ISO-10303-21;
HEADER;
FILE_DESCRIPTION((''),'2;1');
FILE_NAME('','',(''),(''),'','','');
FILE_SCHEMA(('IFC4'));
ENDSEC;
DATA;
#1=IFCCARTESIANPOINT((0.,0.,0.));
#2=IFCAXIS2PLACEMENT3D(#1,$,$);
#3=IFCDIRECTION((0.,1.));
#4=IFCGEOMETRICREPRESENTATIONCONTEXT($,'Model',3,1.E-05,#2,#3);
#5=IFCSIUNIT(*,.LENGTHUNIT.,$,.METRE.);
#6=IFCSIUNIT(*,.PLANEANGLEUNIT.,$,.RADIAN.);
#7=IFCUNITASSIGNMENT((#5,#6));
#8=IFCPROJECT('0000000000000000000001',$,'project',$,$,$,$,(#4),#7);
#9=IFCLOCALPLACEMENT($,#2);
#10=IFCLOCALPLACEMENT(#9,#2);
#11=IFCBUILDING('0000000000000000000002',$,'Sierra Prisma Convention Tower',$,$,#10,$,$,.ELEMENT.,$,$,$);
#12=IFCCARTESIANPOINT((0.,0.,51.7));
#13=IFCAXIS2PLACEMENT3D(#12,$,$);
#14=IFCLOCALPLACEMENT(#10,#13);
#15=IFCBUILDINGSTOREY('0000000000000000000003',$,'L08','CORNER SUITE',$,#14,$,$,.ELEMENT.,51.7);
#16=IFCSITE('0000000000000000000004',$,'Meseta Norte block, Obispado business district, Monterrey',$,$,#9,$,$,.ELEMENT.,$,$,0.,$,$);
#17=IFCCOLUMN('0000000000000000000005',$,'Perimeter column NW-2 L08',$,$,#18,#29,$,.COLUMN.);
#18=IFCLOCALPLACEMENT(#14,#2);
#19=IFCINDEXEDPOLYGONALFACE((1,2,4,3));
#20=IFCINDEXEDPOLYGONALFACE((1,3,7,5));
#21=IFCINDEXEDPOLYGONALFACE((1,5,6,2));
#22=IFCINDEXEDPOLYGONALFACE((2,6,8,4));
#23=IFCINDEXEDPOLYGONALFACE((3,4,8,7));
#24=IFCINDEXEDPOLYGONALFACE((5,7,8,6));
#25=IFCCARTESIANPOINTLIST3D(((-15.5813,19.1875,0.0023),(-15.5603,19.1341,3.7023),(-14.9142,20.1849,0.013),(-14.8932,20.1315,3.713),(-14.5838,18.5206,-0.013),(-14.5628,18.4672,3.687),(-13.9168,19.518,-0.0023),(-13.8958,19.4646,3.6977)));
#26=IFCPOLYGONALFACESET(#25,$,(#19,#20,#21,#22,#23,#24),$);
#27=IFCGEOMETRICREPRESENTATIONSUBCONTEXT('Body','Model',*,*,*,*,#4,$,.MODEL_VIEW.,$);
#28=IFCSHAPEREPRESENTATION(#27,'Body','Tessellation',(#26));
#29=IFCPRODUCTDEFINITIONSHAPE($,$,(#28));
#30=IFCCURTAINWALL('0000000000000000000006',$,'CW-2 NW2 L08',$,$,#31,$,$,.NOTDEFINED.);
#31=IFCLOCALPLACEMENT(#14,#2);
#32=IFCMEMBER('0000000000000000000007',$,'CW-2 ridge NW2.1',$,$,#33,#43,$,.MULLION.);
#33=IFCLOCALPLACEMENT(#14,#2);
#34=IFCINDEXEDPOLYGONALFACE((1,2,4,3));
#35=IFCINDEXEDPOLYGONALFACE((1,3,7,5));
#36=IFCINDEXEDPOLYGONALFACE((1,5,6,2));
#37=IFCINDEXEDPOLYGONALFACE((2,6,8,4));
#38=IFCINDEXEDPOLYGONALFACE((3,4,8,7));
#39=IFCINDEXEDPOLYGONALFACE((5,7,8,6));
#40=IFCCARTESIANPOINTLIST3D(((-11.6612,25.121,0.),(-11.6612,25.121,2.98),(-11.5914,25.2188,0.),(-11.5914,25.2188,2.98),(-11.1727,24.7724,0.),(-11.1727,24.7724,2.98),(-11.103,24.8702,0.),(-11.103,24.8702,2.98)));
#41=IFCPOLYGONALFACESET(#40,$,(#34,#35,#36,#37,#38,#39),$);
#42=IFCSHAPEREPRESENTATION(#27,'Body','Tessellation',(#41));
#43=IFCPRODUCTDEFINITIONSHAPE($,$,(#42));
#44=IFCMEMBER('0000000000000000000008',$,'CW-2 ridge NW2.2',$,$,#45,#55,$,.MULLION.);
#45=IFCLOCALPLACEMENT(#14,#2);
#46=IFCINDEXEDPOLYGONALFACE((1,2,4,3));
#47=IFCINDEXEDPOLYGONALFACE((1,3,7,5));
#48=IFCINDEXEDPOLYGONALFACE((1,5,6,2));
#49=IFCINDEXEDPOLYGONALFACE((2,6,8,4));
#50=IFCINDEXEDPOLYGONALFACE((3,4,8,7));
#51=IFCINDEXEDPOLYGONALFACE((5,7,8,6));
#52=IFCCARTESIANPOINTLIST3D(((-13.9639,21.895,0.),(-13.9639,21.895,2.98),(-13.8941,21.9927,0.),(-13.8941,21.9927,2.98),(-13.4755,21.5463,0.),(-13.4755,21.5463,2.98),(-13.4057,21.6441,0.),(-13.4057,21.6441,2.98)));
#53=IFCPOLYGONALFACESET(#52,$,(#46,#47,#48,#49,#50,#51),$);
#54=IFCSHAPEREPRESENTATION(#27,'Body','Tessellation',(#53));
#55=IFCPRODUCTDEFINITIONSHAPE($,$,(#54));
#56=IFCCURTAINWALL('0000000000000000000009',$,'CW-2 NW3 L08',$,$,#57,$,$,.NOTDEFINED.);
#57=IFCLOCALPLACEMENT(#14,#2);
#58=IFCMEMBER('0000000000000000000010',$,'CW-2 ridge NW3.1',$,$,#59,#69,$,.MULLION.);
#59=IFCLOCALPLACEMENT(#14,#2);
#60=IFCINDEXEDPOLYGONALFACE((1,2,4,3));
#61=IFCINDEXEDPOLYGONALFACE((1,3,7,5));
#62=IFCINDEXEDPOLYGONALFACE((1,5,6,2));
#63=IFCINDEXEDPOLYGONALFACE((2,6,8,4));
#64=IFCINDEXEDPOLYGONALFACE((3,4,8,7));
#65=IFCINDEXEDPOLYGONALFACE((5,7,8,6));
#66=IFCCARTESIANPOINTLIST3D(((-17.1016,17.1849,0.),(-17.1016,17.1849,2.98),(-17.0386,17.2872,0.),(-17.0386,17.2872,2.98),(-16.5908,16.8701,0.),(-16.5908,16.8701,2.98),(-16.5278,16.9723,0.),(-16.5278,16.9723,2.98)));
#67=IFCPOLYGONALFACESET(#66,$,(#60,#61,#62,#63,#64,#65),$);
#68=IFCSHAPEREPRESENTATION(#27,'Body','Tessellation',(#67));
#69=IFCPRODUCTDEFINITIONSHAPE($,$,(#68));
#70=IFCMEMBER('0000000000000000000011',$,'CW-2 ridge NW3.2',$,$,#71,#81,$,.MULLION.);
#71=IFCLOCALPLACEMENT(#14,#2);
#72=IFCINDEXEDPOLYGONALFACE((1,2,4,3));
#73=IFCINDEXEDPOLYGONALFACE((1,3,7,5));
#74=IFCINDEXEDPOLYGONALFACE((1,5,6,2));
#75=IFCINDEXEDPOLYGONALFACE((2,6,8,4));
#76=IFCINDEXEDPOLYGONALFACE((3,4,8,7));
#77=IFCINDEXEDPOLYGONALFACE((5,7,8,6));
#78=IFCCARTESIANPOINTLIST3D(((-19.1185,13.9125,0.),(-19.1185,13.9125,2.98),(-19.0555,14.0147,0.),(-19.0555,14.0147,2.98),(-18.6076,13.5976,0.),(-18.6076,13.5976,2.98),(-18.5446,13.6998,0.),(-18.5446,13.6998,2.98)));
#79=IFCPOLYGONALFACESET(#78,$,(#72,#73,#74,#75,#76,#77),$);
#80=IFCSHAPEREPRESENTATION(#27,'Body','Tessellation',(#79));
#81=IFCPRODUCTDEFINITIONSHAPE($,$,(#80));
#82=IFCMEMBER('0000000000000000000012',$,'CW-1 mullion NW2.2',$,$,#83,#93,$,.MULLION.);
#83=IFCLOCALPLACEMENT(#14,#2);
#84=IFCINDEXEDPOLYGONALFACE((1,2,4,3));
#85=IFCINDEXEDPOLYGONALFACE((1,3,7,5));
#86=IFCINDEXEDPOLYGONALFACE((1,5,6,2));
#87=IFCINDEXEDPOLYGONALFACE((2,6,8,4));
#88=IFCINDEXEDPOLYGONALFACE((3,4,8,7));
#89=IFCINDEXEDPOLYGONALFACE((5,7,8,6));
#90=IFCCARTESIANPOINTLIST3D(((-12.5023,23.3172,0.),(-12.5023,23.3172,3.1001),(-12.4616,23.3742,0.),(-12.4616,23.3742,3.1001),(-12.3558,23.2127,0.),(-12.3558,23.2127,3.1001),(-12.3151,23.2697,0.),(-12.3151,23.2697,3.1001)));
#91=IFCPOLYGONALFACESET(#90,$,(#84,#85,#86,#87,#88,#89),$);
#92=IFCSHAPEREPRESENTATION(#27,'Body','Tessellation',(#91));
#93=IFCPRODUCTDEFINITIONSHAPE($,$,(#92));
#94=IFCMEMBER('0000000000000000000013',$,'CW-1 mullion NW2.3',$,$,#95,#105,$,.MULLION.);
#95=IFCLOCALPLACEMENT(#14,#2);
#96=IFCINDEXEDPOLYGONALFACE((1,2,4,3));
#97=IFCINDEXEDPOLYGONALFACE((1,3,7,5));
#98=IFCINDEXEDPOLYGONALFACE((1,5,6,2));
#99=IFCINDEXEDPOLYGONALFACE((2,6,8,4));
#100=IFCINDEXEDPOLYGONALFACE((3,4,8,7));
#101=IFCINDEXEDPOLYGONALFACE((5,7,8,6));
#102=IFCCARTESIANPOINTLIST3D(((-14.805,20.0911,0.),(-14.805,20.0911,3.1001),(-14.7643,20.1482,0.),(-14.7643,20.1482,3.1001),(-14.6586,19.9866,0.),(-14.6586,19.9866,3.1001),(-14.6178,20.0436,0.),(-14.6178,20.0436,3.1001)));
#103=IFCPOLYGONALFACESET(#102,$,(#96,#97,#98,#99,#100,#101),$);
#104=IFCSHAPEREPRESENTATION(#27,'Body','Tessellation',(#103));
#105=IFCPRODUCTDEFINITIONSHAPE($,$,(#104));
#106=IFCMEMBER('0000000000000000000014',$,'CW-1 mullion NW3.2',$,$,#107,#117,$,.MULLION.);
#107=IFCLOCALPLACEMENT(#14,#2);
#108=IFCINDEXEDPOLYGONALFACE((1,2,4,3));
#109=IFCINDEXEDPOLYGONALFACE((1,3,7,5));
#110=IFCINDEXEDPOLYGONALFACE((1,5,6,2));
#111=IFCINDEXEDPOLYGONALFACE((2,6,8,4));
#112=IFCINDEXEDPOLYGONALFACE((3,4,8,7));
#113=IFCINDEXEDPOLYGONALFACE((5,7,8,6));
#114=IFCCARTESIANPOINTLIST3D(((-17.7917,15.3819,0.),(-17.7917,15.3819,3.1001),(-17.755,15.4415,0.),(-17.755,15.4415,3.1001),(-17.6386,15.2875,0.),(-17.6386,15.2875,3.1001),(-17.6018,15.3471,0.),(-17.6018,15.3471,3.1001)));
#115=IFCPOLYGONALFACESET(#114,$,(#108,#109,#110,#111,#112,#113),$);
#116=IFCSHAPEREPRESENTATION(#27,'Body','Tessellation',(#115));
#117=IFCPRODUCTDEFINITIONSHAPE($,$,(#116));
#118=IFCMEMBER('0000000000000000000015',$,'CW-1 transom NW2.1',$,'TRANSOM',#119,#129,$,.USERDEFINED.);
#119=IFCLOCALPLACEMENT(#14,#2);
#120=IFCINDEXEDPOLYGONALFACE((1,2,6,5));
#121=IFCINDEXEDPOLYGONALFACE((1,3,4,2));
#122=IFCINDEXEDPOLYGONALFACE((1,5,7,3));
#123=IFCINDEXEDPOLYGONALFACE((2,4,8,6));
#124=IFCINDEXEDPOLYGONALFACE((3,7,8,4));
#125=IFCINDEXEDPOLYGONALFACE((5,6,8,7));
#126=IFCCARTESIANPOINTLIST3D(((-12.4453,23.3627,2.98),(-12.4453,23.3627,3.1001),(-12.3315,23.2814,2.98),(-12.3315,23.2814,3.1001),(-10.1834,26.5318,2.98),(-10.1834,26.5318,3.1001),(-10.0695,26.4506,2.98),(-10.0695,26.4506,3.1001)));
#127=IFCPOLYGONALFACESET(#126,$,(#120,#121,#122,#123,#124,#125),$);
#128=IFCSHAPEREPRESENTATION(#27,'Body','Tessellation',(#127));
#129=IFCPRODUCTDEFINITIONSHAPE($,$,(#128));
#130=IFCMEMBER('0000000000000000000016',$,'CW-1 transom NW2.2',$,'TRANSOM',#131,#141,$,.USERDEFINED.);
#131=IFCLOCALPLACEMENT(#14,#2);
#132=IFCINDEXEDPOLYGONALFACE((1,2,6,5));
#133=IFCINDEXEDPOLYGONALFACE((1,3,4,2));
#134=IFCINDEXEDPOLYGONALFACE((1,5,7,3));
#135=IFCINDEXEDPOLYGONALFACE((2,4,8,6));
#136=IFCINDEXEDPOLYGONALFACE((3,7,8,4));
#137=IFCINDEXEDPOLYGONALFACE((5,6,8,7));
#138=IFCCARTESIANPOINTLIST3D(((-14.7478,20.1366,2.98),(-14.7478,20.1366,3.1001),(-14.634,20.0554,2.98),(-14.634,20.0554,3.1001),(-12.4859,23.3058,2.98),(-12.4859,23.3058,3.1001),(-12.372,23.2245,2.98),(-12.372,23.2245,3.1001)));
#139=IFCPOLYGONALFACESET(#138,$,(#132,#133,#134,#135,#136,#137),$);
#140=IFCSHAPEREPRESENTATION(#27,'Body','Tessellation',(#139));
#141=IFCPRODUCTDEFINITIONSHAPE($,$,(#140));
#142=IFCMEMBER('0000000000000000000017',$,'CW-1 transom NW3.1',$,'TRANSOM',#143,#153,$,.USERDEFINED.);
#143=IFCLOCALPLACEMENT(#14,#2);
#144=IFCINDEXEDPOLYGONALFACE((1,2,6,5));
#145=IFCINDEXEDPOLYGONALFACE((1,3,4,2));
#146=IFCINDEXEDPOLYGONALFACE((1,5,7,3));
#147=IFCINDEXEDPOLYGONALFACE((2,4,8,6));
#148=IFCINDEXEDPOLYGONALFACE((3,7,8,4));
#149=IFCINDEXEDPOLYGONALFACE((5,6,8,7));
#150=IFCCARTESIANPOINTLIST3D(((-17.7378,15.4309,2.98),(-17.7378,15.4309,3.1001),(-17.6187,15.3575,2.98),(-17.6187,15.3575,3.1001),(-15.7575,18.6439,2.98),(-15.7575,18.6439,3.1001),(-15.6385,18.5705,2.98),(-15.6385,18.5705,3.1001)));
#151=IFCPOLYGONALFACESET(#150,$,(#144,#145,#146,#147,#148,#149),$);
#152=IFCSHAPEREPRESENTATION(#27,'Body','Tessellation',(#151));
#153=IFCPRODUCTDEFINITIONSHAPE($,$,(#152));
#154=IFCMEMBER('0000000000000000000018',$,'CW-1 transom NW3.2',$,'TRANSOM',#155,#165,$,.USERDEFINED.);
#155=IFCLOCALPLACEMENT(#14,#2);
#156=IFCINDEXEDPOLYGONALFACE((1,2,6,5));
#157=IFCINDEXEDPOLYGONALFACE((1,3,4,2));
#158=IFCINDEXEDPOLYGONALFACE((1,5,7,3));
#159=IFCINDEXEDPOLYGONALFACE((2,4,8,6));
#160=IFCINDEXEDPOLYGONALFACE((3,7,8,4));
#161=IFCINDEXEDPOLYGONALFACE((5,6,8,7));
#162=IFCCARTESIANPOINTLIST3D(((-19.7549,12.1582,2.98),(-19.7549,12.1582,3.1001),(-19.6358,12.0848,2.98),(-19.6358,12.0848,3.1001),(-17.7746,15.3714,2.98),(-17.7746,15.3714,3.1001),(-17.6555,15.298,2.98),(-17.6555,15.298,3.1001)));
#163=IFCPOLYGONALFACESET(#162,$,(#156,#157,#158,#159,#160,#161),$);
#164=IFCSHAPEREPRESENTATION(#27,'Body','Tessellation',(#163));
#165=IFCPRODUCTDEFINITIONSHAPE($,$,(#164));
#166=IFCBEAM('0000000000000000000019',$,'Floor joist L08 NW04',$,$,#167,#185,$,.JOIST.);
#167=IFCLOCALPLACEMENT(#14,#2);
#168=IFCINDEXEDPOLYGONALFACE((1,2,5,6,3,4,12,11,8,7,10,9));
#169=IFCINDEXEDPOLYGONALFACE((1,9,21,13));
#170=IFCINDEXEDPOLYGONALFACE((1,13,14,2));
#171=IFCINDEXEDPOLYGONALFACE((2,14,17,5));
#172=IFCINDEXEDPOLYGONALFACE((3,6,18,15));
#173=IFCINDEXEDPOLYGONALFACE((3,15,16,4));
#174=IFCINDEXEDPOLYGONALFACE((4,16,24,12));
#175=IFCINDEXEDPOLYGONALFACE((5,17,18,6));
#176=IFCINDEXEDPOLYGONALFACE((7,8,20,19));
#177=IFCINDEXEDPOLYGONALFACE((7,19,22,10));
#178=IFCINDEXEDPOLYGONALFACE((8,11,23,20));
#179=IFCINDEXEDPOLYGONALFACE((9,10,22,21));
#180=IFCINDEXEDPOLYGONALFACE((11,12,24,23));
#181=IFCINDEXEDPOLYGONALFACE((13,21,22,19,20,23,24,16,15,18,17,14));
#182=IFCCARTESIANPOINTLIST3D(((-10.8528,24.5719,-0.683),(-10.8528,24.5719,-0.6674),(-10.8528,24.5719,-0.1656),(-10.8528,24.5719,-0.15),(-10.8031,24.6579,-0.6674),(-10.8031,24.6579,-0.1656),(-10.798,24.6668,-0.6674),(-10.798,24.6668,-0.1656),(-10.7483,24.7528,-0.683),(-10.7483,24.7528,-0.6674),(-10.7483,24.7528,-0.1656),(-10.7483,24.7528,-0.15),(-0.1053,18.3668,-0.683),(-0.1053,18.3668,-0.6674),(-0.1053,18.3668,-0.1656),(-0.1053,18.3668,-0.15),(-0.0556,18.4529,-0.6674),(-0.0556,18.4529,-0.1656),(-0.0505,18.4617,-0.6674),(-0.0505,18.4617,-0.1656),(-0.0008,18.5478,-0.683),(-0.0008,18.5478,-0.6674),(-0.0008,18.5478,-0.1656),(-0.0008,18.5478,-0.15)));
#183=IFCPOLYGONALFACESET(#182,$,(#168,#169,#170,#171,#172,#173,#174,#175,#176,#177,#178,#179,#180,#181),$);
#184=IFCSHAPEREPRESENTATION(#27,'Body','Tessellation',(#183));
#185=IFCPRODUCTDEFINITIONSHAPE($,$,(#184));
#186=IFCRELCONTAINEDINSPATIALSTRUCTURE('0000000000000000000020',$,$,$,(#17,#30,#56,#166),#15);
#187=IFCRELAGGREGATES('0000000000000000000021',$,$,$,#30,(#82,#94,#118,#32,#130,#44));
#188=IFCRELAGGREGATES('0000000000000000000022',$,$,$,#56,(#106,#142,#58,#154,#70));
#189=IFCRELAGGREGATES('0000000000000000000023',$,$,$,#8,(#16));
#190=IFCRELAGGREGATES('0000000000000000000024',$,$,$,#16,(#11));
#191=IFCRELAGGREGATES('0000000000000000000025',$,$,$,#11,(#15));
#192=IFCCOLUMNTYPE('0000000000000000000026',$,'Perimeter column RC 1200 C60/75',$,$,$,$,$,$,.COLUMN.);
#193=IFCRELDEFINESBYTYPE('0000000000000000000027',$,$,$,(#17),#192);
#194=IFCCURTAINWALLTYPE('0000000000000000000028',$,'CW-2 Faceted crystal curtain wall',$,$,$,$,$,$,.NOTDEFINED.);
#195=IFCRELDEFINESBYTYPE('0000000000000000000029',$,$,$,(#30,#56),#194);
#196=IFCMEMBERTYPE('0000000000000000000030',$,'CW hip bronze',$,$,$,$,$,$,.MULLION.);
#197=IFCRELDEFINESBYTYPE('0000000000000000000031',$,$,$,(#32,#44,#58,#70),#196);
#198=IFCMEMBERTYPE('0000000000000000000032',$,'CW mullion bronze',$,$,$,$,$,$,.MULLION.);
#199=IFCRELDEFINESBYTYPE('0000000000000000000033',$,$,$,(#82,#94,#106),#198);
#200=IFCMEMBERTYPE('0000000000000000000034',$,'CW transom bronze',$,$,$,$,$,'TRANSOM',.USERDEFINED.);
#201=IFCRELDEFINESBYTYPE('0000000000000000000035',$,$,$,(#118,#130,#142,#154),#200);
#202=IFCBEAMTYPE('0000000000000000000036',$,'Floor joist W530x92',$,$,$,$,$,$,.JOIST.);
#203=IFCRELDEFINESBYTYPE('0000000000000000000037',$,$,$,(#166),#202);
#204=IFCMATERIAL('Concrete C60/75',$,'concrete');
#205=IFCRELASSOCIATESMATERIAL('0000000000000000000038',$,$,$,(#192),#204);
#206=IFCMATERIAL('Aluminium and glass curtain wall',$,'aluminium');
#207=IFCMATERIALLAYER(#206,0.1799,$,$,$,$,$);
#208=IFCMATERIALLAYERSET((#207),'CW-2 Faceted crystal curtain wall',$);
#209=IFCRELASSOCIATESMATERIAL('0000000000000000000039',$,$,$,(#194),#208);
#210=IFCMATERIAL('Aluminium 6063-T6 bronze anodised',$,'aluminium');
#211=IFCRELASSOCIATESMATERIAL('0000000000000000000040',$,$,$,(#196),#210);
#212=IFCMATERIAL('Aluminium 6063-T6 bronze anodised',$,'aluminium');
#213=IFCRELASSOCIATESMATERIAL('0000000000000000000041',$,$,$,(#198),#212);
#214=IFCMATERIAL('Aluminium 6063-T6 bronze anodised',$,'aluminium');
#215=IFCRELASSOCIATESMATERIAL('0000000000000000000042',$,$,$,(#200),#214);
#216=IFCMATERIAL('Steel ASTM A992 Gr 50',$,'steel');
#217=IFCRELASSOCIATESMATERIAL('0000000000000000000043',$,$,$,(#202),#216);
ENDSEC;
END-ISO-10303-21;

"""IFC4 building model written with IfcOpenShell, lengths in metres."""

from ifc_helpers import new_model, si_unit, direction, frame, origin, origin_2d, place, context, subcontext, project, spatial, rectangle, i_section, extrude, material, layer, layer_set, material_profile, profile_set, type_object, element, aggregate, save


model = new_model("IFC4")

# Units and contexts
model_context = context("Model", 3, precision=1e-05, world=origin(), true_north=direction((0.0, 1.0)))
body_context = subcontext(model_context, "Body", "Model", "MODEL_VIEW")
ifc_project = project(units=[si_unit("LENGTHUNIT", "METRE"), si_unit("PLANEANGLEUNIT", "RADIAN")], contexts=[model_context])

# Site, building, storey
site_placement = place(None, origin())
site = spatial("IfcSite", under=ifc_project, at=site_placement, Name="Meseta Norte block, Obispado business district, Monterrey", CompositionType="ELEMENT", RefElevation=0.0)
building_placement = place(site_placement, origin())
building = spatial("IfcBuilding", under=site, at=building_placement, Name="Sierra Prisma Convention Tower", CompositionType="ELEMENT")
storey_placement = place(building_placement, frame((0.0, 0.0, 51.7)))
storey = spatial("IfcBuildingStorey", under=building, at=storey_placement, Name="L08", Description="CORNER SUITE", CompositionType="ELEMENT", Elevation=51.7)

# Column
ifc_material_1 = material(Name="Concrete C60/75", Category="concrete")
ifc_material_profile_1 = material_profile(ifc_material_1, rectangle(XDim=1.2, YDim=1.2, at=origin_2d()), Name="Perimeter column RC 1200 C60/75")
ifc_profile_set_1 = profile_set([ifc_material_profile_1], Name="Concrete C60/75")
column_type = type_object("IfcColumnType", Name="Perimeter column RC 1200 C60/75", PredefinedType="COLUMN", material=ifc_profile_set_1)
column_placement = place(storey_placement, frame((-14.749, 19.3528, 0.0), z_axis=(0.005674, -0.014449, 0.99988), x_axis=(0.555902, 0.8312, 0.008857)))
element("IfcColumn", 1, at=column_placement, inside=storey, type_object=column_type, Name="Perimeter column NW-2 L08", PredefinedType="COLUMN", context=body_context, shape_type="SweptSolid", body=[
    extrude(rectangle(XDim=1.2, YDim=1.2, at=origin_2d()), origin(), (0.0, 0.0, 1.0), 3.7004),
])

# Curtain walls, members
ifc_material_2 = material(Name="Aluminium and glass curtain wall", Category="aluminium")
ifc_layer_1 = layer(ifc_material_2, 0.1799)
ifc_layer_set_1 = layer_set([ifc_layer_1], Name="CW-2 Faceted crystal curtain wall")
curtain_wall_type = type_object("IfcCurtainWallType", Name="CW-2 Faceted crystal curtain wall", PredefinedType="NOTDEFINED", material=ifc_layer_set_1)
curtain_wall_1_placement = place(storey_placement, origin())
curtain_wall_1 = element("IfcCurtainWall", 2, at=curtain_wall_1_placement, inside=storey, type_object=curtain_wall_type, Name="CW-2 NW2 L08", PredefinedType="NOTDEFINED")
ifc_material_3 = material(Name="Aluminium 6063-T6 bronze anodised", Category="aluminium")
ifc_material_profile_2 = material_profile(ifc_material_3, rectangle(XDim=0.1201, YDim=0.6001, at=origin_2d()), Name="ALU RIDGE BLADE 120x600")
ifc_profile_set_2 = profile_set([ifc_material_profile_2], Name="Aluminium 6063-T6 bronze anodised")
member_type_1 = type_object("IfcMemberType", Name="CW hip bronze", PredefinedType="MULLION", material=ifc_profile_set_2)
member_1_placement = place(storey_placement, frame((-11.3821, 24.9956, 0.0), z_axis=(0.0, 0.0, 1.0), x_axis=(-0.58094, -0.813947, 0.0)))
member_1 = element("IfcMember", 3, at=member_1_placement, type_object=member_type_1, Name="CW-2 ridge NW2.1", PredefinedType="MULLION", context=body_context, shape_type="SweptSolid", body=[
    extrude(rectangle(XDim=0.1201, YDim=0.6001, at=origin_2d()), origin(), (0.0, 0.0, 1.0), 2.98),
])
member_2_placement = place(storey_placement, frame((-13.6848, 21.7695, 0.0), z_axis=(0.0, 0.0, 1.0), x_axis=(-0.58094, -0.813947, 0.0)))
member_2 = element("IfcMember", 4, at=member_2_placement, type_object=member_type_1, Name="CW-2 ridge NW2.2", PredefinedType="MULLION", context=body_context, shape_type="SweptSolid", body=[
    extrude(rectangle(XDim=0.1201, YDim=0.6001, at=origin_2d()), origin(), (0.0, 0.0, 1.0), 2.98),
])
curtain_wall_2_placement = place(storey_placement, origin())
curtain_wall_2 = element("IfcCurtainWall", 5, at=curtain_wall_2_placement, inside=storey, type_object=curtain_wall_type, Name="CW-2 NW3 L08", PredefinedType="NOTDEFINED")
member_3_placement = place(storey_placement, frame((-16.8147, 17.0786, 0.0), z_axis=(0.0, 0.0, 1.0), x_axis=(-0.524692, -0.851292, 0.0)))
member_3 = element("IfcMember", 6, at=member_3_placement, type_object=member_type_1, Name="CW-2 ridge NW3.1", PredefinedType="MULLION", context=body_context, shape_type="SweptSolid", body=[
    extrude(rectangle(XDim=0.1201, YDim=0.6001, at=origin_2d()), origin(), (0.0, 0.0, 1.0), 2.98),
])
member_4_placement = place(storey_placement, frame((-18.8315, 13.8062, 0.0), z_axis=(0.0, 0.0, 1.0), x_axis=(-0.524692, -0.851292, 0.0)))
member_4 = element("IfcMember", 7, at=member_4_placement, type_object=member_type_1, Name="CW-2 ridge NW3.2", PredefinedType="MULLION", context=body_context, shape_type="SweptSolid", body=[
    extrude(rectangle(XDim=0.1201, YDim=0.6001, at=origin_2d()), origin(), (0.0, 0.0, 1.0), 2.98),
])

# Members
ifc_material_4 = material(Name="Aluminium 6063-T6 bronze anodised", Category="aluminium")
ifc_material_profile_3 = material_profile(ifc_material_4, rectangle(XDim=0.1799, YDim=0.0701, at=origin_2d()), Name="ALU MULLION 70x180")
ifc_profile_set_3 = profile_set([ifc_material_profile_3], Name="Aluminium 6063-T6 bronze anodised")
member_type_2 = type_object("IfcMemberType", Name="CW mullion bronze", PredefinedType="MULLION", material=ifc_profile_set_3)
member_5_placement = place(storey_placement, frame((-12.4087, 23.2935, 0.0), z_axis=(0.0, 0.0, 1.0), x_axis=(0.813947, -0.58094, 0.0)))
member_5 = element("IfcMember", 8, at=member_5_placement, type_object=member_type_2, Name="CW-1 mullion NW2.2", PredefinedType="MULLION", context=body_context, shape_type="SweptSolid", body=[
    extrude(rectangle(XDim=0.1799, YDim=0.0701, at=origin_2d()), origin(), (0.0, 0.0, 1.0), 3.1001),
])
member_6_placement = place(storey_placement, frame((-14.7114, 20.0674, 0.0), z_axis=(0.0, 0.0, 1.0), x_axis=(0.813947, -0.58094, 0.0)))
member_6 = element("IfcMember", 9, at=member_6_placement, type_object=member_type_2, Name="CW-1 mullion NW2.3", PredefinedType="MULLION", context=body_context, shape_type="SweptSolid", body=[
    extrude(rectangle(XDim=0.1799, YDim=0.0701, at=origin_2d()), origin(), (0.0, 0.0, 1.0), 3.1001),
])
member_7_placement = place(storey_placement, frame((-17.6968, 15.3645, 0.0), z_axis=(0.0, 0.0, 1.0), x_axis=(0.851292, -0.524692, 0.0)))
member_7 = element("IfcMember", 10, at=member_7_placement, type_object=member_type_2, Name="CW-1 mullion NW3.2", PredefinedType="MULLION", context=body_context, shape_type="SweptSolid", body=[
    extrude(rectangle(XDim=0.1799, YDim=0.0701, at=origin_2d()), origin(), (0.0, 0.0, 1.0), 3.1001),
])
ifc_material_5 = material(Name="Aluminium 6063-T6 bronze anodised", Category="aluminium")
ifc_material_profile_4 = material_profile(ifc_material_5, rectangle(XDim=0.1399, YDim=0.1201, at=origin_2d()), Name="ALU TRANSOM 120x140")
ifc_profile_set_4 = profile_set([ifc_material_profile_4], Name="Aluminium 6063-T6 bronze anodised")
member_type_3 = type_object("IfcMemberType", Name="CW transom bronze", ElementType="TRANSOM", PredefinedType="USERDEFINED", material=ifc_profile_set_4)
member_8_placement = place(storey_placement, frame((-10.1265, 26.4912, 3.04), z_axis=(-0.580942, -0.813945, 0.0), x_axis=(0.813945, -0.580942, 0.0)))
member_8 = element("IfcMember", 11, at=member_8_placement, type_object=member_type_3, Name="CW-1 transom NW2.1", ObjectType="TRANSOM", PredefinedType="USERDEFINED", context=body_context, shape_type="SweptSolid", body=[
    extrude(rectangle(XDim=0.1399, YDim=0.1201, at=origin_2d()), origin(), (0.0, 0.0, 1.0), 3.8936),
])
member_9_placement = place(storey_placement, frame((-12.429, 23.2651, 3.04), z_axis=(-0.580942, -0.813945, 0.0), x_axis=(0.813945, -0.580942, 0.0)))
member_9 = element("IfcMember", 12, at=member_9_placement, type_object=member_type_3, Name="CW-1 transom NW2.2", ObjectType="TRANSOM", PredefinedType="USERDEFINED", context=body_context, shape_type="SweptSolid", body=[
    extrude(rectangle(XDim=0.1399, YDim=0.1201, at=origin_2d()), origin(), (0.0, 0.0, 1.0), 3.8936),
])
member_10_placement = place(storey_placement, frame((-15.698, 18.6072, 3.04), z_axis=(-0.524686, -0.851296, 0.0), x_axis=(0.851296, -0.524686, 0.0)))
member_10 = element("IfcMember", 13, at=member_10_placement, type_object=member_type_3, Name="CW-1 transom NW3.1", ObjectType="TRANSOM", PredefinedType="USERDEFINED", context=body_context, shape_type="SweptSolid", body=[
    extrude(rectangle(XDim=0.1399, YDim=0.1201, at=origin_2d()), origin(), (0.0, 0.0, 1.0), 3.7742),
])
member_11_placement = place(storey_placement, frame((-17.7151, 15.3347, 3.04), z_axis=(-0.524657, -0.851314, 0.0), x_axis=(0.851314, -0.524657, 0.0)))
member_11 = element("IfcMember", 14, at=member_11_placement, type_object=member_type_3, Name="CW-1 transom NW3.2", ObjectType="TRANSOM", PredefinedType="USERDEFINED", context=body_context, shape_type="SweptSolid", body=[
    extrude(rectangle(XDim=0.1399, YDim=0.1201, at=origin_2d()), origin(), (0.0, 0.0, 1.0), 3.7744),
])

# Beam
ifc_material_6 = material(Name="Steel ASTM A992 Gr 50", Category="steel")
ifc_material_profile_5 = material_profile(ifc_material_6, i_section(OverallWidth=0.209, OverallDepth=0.533, WebThickness=0.0103, FlangeThickness=0.0156, at=origin_2d()), Name="W530x92")
ifc_profile_set_5 = profile_set([ifc_material_profile_5], Name="Steel ASTM A992 Gr 50")
beam_type_1 = type_object("IfcBeamType", Name="Floor joist W530x92", PredefinedType="JOIST", material=ifc_profile_set_5)
beam_1_placement = place(storey_placement, frame((-10.8005, 24.6624, -0.4165), z_axis=(0.866026, -0.499998, 0.0), x_axis=(0.499998, 0.866026, 0.0)))
element("IfcBeam", 15, at=beam_1_placement, inside=storey, type_object=beam_type_1, Name="Floor joist L08 NW04", PredefinedType="JOIST", context=body_context, shape_type="SweptSolid", body=[
    extrude(i_section(OverallWidth=0.209, OverallDepth=0.533, WebThickness=0.0103, FlangeThickness=0.0156, at=origin_2d()), origin(), (0.0, 0.0, 1.0), 12.4102),
])

aggregate(curtain_wall_1, [member_5, member_6, member_8, member_1, member_9, member_2])
aggregate(curtain_wall_2, [member_7, member_10, member_3, member_11, member_4])

save(model, "model.ifc")
